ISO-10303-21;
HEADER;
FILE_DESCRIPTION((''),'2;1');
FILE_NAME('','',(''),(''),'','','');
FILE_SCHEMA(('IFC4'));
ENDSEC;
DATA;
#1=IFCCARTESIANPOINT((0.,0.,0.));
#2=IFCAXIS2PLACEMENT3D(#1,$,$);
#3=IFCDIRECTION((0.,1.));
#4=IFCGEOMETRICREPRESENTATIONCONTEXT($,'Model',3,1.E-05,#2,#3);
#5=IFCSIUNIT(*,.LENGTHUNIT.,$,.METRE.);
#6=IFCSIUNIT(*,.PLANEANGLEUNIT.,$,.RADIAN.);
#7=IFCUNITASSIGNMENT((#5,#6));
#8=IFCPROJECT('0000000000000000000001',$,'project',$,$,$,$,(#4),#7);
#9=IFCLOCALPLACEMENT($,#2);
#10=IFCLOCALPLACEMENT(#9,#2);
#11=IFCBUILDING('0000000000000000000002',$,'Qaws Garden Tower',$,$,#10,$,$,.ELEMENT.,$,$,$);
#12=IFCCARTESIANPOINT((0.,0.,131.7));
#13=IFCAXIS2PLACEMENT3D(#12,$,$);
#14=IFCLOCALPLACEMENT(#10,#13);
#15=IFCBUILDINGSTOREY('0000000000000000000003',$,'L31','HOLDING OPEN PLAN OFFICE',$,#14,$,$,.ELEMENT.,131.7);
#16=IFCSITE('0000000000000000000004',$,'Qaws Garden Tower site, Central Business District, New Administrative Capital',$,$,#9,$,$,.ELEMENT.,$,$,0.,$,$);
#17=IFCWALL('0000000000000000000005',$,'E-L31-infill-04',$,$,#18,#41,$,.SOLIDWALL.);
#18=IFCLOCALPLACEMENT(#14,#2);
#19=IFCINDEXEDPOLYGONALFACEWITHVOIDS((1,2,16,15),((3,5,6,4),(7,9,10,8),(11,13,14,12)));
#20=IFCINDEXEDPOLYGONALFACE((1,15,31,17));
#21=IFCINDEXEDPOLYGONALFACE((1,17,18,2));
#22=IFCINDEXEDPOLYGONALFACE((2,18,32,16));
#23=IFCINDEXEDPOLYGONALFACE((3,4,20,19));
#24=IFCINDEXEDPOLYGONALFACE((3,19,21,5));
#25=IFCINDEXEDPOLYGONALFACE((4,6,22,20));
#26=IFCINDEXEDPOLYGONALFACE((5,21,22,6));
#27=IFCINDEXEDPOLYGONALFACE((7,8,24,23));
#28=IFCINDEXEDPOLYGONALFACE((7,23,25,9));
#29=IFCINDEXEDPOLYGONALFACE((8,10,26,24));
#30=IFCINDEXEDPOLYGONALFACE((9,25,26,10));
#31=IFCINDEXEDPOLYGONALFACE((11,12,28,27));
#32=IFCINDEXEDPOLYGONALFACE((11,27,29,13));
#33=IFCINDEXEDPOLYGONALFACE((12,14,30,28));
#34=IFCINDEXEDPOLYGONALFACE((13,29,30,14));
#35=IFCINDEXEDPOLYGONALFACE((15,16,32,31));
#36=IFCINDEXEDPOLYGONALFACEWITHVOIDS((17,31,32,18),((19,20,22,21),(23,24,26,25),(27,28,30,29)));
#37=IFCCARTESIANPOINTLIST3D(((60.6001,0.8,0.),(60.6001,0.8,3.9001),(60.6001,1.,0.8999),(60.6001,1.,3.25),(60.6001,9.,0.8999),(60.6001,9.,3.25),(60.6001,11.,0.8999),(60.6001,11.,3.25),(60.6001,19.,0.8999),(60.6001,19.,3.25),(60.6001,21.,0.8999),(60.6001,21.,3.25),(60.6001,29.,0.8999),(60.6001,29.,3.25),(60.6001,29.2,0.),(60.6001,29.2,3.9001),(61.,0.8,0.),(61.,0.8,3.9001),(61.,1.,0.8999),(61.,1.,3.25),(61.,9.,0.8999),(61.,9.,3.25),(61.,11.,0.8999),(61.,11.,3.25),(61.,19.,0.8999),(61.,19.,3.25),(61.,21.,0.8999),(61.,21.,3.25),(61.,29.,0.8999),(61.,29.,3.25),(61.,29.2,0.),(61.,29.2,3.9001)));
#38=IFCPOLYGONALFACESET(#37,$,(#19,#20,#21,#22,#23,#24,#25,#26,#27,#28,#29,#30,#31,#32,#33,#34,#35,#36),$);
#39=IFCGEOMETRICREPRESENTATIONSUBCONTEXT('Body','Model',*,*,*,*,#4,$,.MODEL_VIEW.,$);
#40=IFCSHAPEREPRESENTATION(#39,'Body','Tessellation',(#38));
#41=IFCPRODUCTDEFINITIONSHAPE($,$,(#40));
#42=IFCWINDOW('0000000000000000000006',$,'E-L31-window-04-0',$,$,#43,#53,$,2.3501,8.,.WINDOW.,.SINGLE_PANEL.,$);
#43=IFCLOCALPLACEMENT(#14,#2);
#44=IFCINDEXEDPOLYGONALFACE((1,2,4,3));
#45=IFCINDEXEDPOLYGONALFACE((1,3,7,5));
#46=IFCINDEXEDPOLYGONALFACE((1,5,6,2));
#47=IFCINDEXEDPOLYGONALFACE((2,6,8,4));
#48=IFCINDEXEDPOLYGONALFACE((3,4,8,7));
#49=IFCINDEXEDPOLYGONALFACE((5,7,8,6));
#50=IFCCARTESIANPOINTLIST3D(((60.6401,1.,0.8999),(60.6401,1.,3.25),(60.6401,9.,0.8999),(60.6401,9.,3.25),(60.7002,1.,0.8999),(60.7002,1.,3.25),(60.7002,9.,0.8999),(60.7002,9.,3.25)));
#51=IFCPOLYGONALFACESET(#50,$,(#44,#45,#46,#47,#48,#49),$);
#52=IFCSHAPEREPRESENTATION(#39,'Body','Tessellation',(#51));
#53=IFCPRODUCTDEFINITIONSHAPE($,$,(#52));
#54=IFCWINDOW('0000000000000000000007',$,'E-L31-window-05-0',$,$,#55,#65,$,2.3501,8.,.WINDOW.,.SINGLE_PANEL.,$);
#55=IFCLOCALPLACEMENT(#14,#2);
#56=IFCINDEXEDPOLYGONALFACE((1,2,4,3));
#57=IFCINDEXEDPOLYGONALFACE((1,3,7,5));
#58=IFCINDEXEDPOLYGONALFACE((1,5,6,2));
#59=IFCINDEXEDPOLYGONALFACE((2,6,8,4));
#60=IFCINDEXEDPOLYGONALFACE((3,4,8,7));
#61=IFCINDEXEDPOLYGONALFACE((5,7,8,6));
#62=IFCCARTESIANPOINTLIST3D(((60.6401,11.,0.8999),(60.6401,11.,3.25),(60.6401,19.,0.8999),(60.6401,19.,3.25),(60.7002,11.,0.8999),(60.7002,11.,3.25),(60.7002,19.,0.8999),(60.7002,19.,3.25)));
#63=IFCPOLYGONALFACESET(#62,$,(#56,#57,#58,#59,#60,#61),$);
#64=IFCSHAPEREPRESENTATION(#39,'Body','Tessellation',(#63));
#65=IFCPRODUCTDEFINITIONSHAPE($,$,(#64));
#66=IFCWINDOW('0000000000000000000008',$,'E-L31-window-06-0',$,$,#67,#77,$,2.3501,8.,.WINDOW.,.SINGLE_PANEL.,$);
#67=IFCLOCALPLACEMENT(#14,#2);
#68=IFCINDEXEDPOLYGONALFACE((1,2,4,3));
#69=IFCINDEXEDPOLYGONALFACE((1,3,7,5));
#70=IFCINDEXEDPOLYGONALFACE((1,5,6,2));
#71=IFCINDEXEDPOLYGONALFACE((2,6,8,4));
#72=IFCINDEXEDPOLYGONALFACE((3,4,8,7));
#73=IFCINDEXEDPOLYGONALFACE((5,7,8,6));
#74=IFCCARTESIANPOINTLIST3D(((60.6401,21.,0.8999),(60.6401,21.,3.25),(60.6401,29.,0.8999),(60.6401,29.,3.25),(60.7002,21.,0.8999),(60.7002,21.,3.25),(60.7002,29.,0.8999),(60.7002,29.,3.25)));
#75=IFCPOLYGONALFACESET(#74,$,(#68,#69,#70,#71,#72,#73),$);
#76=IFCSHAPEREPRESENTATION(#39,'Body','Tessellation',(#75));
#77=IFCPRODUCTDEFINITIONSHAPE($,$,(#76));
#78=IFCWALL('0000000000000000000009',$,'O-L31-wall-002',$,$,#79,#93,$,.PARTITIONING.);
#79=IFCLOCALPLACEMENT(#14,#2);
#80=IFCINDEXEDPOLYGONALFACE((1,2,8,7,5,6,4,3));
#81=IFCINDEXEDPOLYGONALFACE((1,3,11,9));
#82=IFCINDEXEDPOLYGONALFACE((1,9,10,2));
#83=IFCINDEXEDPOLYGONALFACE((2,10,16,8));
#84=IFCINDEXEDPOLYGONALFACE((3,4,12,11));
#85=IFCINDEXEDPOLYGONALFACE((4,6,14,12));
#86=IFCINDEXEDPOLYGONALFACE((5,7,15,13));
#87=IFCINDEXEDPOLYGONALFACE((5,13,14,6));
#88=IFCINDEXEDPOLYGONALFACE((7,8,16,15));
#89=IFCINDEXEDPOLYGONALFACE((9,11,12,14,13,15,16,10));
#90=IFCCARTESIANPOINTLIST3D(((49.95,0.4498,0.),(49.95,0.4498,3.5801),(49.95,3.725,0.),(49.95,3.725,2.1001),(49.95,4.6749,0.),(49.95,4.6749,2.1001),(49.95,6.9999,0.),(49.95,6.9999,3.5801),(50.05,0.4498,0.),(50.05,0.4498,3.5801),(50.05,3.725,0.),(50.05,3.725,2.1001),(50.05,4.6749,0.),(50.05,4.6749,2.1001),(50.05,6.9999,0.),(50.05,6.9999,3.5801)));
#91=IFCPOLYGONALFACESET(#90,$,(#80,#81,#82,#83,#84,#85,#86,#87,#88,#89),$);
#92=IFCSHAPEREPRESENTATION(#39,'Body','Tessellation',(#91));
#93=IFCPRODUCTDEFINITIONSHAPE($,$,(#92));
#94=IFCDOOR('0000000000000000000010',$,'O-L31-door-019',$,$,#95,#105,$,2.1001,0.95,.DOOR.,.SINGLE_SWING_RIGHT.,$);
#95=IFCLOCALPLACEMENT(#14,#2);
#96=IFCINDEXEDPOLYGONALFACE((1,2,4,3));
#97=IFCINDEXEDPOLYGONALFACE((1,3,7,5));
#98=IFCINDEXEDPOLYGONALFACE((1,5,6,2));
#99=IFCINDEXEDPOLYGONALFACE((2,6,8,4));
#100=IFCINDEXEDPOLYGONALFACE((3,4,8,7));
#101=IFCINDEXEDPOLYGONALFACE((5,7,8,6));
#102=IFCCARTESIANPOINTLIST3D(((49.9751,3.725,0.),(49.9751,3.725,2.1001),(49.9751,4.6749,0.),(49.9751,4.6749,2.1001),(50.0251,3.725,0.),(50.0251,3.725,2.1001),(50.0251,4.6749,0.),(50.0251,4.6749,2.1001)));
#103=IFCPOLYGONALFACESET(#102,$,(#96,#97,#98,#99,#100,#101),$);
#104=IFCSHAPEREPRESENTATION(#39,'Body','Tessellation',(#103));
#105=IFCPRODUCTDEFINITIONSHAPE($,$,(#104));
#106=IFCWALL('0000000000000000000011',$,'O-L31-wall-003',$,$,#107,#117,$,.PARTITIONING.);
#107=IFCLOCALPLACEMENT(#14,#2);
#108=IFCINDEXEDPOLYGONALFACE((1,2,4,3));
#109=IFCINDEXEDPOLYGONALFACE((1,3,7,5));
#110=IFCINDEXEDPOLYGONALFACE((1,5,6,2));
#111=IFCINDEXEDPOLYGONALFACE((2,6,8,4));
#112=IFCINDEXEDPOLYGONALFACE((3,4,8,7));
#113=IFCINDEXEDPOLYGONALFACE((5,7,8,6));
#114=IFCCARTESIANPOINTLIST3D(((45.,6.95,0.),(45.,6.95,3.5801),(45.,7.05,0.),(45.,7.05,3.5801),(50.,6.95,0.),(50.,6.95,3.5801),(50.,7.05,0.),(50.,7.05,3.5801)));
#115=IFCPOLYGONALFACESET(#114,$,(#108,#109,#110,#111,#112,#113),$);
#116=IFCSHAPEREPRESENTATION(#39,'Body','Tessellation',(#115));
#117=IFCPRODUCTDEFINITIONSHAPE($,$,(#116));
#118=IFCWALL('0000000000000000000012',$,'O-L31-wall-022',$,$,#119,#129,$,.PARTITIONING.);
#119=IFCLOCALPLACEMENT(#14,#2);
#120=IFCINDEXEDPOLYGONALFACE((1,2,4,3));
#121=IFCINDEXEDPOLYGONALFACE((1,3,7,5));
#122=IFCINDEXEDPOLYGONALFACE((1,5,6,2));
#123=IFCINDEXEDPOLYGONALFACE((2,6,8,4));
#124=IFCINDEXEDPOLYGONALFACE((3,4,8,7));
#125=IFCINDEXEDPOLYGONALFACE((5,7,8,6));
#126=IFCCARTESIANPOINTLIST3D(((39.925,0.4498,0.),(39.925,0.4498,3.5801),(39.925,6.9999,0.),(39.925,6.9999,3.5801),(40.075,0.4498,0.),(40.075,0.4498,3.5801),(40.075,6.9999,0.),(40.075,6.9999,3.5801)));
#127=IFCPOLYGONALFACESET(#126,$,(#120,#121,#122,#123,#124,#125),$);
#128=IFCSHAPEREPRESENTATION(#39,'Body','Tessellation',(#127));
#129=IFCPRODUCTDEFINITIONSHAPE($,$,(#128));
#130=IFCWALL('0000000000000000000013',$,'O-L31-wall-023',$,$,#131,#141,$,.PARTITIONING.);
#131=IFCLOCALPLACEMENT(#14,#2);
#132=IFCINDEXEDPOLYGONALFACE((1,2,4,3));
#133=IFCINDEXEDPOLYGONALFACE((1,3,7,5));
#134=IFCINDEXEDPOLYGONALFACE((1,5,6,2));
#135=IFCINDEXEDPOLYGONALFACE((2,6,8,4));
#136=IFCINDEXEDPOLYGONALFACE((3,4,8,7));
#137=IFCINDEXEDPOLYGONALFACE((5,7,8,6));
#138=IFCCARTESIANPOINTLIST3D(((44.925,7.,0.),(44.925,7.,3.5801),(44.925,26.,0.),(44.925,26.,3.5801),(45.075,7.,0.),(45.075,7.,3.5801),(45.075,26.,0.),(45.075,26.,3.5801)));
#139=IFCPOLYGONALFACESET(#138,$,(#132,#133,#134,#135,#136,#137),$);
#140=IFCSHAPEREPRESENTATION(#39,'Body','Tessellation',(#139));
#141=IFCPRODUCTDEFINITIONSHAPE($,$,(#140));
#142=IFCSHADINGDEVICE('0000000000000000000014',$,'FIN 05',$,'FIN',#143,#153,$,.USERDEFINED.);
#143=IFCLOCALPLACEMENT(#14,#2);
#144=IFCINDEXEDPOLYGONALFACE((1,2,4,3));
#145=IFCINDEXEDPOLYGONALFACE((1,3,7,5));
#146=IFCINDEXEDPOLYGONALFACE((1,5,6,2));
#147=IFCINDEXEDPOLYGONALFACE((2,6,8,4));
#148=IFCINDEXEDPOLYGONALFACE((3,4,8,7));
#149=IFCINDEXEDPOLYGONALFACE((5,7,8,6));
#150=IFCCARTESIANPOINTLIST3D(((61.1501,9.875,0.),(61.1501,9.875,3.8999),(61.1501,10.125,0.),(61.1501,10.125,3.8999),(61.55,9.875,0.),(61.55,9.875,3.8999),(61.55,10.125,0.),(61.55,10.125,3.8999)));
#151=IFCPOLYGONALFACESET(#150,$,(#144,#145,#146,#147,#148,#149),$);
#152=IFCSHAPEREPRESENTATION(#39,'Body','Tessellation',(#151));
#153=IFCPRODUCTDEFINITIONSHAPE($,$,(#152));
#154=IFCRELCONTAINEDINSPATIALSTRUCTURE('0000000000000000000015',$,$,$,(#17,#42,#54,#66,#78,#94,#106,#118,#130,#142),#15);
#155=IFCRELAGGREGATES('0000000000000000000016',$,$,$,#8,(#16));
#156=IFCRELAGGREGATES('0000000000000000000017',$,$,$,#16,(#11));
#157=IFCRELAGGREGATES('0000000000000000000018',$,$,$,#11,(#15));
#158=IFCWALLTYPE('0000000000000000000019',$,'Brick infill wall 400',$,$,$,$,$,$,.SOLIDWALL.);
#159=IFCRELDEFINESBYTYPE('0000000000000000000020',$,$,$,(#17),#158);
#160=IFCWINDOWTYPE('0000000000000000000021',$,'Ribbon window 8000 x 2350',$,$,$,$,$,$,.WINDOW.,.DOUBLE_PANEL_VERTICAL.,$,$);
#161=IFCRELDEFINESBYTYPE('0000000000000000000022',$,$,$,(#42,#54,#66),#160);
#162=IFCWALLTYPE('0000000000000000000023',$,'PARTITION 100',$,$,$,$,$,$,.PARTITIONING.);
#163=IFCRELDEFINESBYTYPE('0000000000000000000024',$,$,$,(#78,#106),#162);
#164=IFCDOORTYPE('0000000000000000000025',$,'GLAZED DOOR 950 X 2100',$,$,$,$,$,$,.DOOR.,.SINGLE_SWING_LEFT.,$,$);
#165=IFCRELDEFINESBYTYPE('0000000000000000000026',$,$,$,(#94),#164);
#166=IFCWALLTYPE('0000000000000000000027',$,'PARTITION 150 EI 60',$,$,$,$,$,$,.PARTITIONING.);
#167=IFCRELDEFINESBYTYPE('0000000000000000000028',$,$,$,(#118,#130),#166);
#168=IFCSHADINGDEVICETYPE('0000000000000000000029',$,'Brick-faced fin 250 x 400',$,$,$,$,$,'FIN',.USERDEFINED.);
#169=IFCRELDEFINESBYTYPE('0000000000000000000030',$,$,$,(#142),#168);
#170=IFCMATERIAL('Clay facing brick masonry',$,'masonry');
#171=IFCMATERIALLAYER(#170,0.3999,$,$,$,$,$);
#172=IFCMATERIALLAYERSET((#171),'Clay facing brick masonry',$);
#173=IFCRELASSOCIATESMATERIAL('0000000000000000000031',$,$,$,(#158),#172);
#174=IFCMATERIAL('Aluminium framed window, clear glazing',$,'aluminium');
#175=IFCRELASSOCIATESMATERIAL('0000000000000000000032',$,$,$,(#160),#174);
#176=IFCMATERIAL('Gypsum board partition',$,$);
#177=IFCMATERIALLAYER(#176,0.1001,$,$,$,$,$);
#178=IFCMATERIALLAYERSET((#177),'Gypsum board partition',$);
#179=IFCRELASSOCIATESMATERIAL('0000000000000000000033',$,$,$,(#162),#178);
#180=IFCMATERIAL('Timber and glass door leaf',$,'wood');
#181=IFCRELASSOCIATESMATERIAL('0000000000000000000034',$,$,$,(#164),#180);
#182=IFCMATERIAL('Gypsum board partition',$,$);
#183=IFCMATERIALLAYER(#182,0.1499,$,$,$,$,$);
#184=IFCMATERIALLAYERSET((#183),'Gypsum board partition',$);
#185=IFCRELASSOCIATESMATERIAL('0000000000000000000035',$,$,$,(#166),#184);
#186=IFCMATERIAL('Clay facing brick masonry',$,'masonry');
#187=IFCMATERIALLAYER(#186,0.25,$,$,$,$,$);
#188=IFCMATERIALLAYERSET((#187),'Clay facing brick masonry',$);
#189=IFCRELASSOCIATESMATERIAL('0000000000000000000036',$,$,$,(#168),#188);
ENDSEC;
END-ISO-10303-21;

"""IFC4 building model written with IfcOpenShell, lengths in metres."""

from ifc_helpers import new_model, si_unit, direction, frame, frame_2d, origin, origin_2d, place, context, subcontext, project, spatial, rectangle, extrude, material, layer, layer_set, type_object, element, fill, save


model = new_model("IFC4")

# Units and contexts
model_context = context("Model", 3, precision=1e-05, world=origin(), true_north=direction((0.0, 1.0)))
body_context = subcontext(model_context, "Body", "Model", "MODEL_VIEW")
ifc_project = project(units=[si_unit("LENGTHUNIT", "METRE"), si_unit("PLANEANGLEUNIT", "RADIAN")], contexts=[model_context])

# Site, building, storey
site_placement = place(None, origin())
site = spatial("IfcSite", under=ifc_project, at=site_placement, Name="Qaws Garden Tower site, Central Business District, New Administrative Capital", CompositionType="ELEMENT", RefElevation=0.0)
building_placement = place(site_placement, origin())
building = spatial("IfcBuilding", under=site, at=building_placement, Name="Qaws Garden Tower", CompositionType="ELEMENT")
storey_placement = place(building_placement, frame((0.0, 0.0, 131.7)))
storey = spatial("IfcBuildingStorey", under=building, at=storey_placement, Name="L31", Description="HOLDING OPEN PLAN OFFICE", CompositionType="ELEMENT", Elevation=131.7)

# Wall, openings, windows
ifc_material_1 = material(Name="Clay facing brick masonry", Category="masonry")
ifc_layer_1 = layer(ifc_material_1, 0.3999)
ifc_layer_set_1 = layer_set([ifc_layer_1], Name="Clay facing brick masonry")
wall_type_1 = type_object("IfcWallType", Name="Brick infill wall 400", PredefinedType="SOLIDWALL", material=ifc_layer_set_1)
wall_1_placement = place(storey_placement, frame((60.8, 0.8, 0.0), z_axis=(0.0, 0.0, 1.0), x_axis=(0.0, 1.0, 0.0)))
wall_1 = element("IfcWall", 1, at=wall_1_placement, inside=storey, type_object=wall_type_1, Name="E-L31-infill-04", PredefinedType="SOLIDWALL", context=body_context, shape_type="SweptSolid", body=[
    extrude(rectangle(XDim=28.3999, YDim=0.3999, at=frame_2d((14.2, 0.0))), origin(), (0.0, 0.0, 1.0), 3.9001),
])
opening_1_placement = place(wall_1_placement, frame((0.2, 0.0, 0.8999)))
opening_1 = element("IfcOpeningElement", 2, at=opening_1_placement, cuts=wall_1, PredefinedType="OPENING", context=body_context, shape_type="SweptSolid", body=[
    extrude(rectangle(XDim=8.0, YDim=2.3501, at=frame_2d((4.0, 1.175))), frame((0.0, 0.21, 0.0), z_axis=(0.0, -1.0, 0.0), x_axis=(1.0, 0.0, 0.0)), (0.0, 0.0, 1.0), 0.4199),
])
opening_2_placement = place(wall_1_placement, frame((10.2, 0.0, 0.8999)))
opening_2 = element("IfcOpeningElement", 3, at=opening_2_placement, cuts=wall_1, PredefinedType="OPENING", context=body_context, shape_type="SweptSolid", body=[
    extrude(rectangle(XDim=8.0, YDim=2.3501, at=frame_2d((4.0, 1.175))), frame((0.0, 0.21, 0.0), z_axis=(0.0, -1.0, 0.0), x_axis=(1.0, 0.0, 0.0)), (0.0, 0.0, 1.0), 0.4199),
])
opening_3_placement = place(wall_1_placement, frame((20.2, 0.0, 0.8999)))
opening_3 = element("IfcOpeningElement", 4, at=opening_3_placement, cuts=wall_1, PredefinedType="OPENING", context=body_context, shape_type="SweptSolid", body=[
    extrude(rectangle(XDim=8.0, YDim=2.3501, at=frame_2d((4.0, 1.175))), frame((0.0, 0.21, 0.0), z_axis=(0.0, -1.0, 0.0), x_axis=(1.0, 0.0, 0.0)), (0.0, 0.0, 1.0), 0.4199),
])
ifc_material_2 = material(Name="Aluminium framed window, clear glazing", Category="aluminium")
window_type = type_object("IfcWindowType", Name="Ribbon window 8000 x 2350", PartitioningType="DOUBLE_PANEL_VERTICAL", PredefinedType="WINDOW", material=ifc_material_2)
window_1_placement = place(opening_1_placement, origin())
window_1 = element("IfcWindow", 5, at=window_1_placement, inside=storey, type_object=window_type, Name="E-L31-window-04-0", OverallHeight=2.3501, OverallWidth=8.0, PartitioningType="SINGLE_PANEL", PredefinedType="WINDOW", context=body_context, shape_type="SweptSolid", body=[
    extrude(rectangle(XDim=8.0, YDim=2.3501, at=frame_2d((4.0, 1.175))), frame((0.0, 0.1599, 0.0), z_axis=(0.0, -1.0, 0.0), x_axis=(1.0, 0.0, 0.0)), (0.0, 0.0, 1.0), 0.0601),
])
fill(opening_1, window_1)
window_2_placement = place(opening_2_placement, origin())
window_2 = element("IfcWindow", 6, at=window_2_placement, inside=storey, type_object=window_type, Name="E-L31-window-05-0", OverallHeight=2.3501, OverallWidth=8.0, PartitioningType="SINGLE_PANEL", PredefinedType="WINDOW", context=body_context, shape_type="SweptSolid", body=[
    extrude(rectangle(XDim=8.0, YDim=2.3501, at=frame_2d((4.0, 1.175))), frame((0.0, 0.1599, 0.0), z_axis=(0.0, -1.0, 0.0), x_axis=(1.0, 0.0, 0.0)), (0.0, 0.0, 1.0), 0.0601),
])
fill(opening_2, window_2)
window_3_placement = place(opening_3_placement, origin())
window_3 = element("IfcWindow", 7, at=window_3_placement, inside=storey, type_object=window_type, Name="E-L31-window-06-0", OverallHeight=2.3501, OverallWidth=8.0, PartitioningType="SINGLE_PANEL", PredefinedType="WINDOW", context=body_context, shape_type="SweptSolid", body=[
    extrude(rectangle(XDim=8.0, YDim=2.3501, at=frame_2d((4.0, 1.175))), frame((0.0, 0.1599, 0.0), z_axis=(0.0, -1.0, 0.0), x_axis=(1.0, 0.0, 0.0)), (0.0, 0.0, 1.0), 0.0601),
])
fill(opening_3, window_3)

# Wall, opening, door
ifc_material_3 = material(Name="Gypsum board partition")
ifc_layer_2 = layer(ifc_material_3, 0.1001)
ifc_layer_set_2 = layer_set([ifc_layer_2], Name="Gypsum board partition")
wall_type_2 = type_object("IfcWallType", Name="PARTITION 100", PredefinedType="PARTITIONING", material=ifc_layer_set_2)
wall_2_placement = place(storey_placement, frame((50.0, 0.45, 0.0), z_axis=(0.0, 0.0, 1.0), x_axis=(0.0, 1.0, 0.0)))
wall_2 = element("IfcWall", 8, at=wall_2_placement, inside=storey, type_object=wall_type_2, Name="O-L31-wall-002", PredefinedType="PARTITIONING", context=body_context, shape_type="SweptSolid", body=[
    extrude(rectangle(XDim=6.55, YDim=0.1001, at=frame_2d((3.2749, 0.0))), origin(), (0.0, 0.0, 1.0), 3.5801),
])
opening_4_placement = place(wall_2_placement, frame((3.2749, 0.0, 0.0)))
opening_4 = element("IfcOpeningElement", 9, at=opening_4_placement, cuts=wall_2, PredefinedType="OPENING", context=body_context, shape_type="SweptSolid", body=[
    extrude(rectangle(XDim=0.95, YDim=2.1001, at=frame_2d((0.4751, 1.05))), frame((0.0, 0.0601, 0.0), z_axis=(0.0, -1.0, 0.0), x_axis=(1.0, 0.0, 0.0)), (0.0, 0.0, 1.0), 0.1201),
])
ifc_material_4 = material(Name="Timber and glass door leaf", Category="wood")
door_type = type_object("IfcDoorType", Name="GLAZED DOOR 950 X 2100", OperationType="SINGLE_SWING_LEFT", PredefinedType="DOOR", material=ifc_material_4)
door_placement = place(opening_4_placement, origin())
door = element("IfcDoor", 10, at=door_placement, inside=storey, type_object=door_type, Name="O-L31-door-019", OperationType="SINGLE_SWING_RIGHT", OverallHeight=2.1001, OverallWidth=0.95, PredefinedType="DOOR", context=body_context, shape_type="SweptSolid", body=[
    extrude(rectangle(XDim=0.95, YDim=2.1001, at=frame_2d((0.4751, 1.05))), frame((0.0, 0.0249, 0.0), z_axis=(0.0, -1.0, 0.0), x_axis=(1.0, 0.0, 0.0)), (0.0, 0.0, 1.0), 0.05),
])
fill(opening_4, door)

# Walls
wall_3_placement = place(storey_placement, frame((45.0, 7.0, 0.0), z_axis=(0.0, 0.0, 1.0), x_axis=(1.0, 0.0, 0.0)))
element("IfcWall", 11, at=wall_3_placement, inside=storey, type_object=wall_type_2, Name="O-L31-wall-003", PredefinedType="PARTITIONING", context=body_context, shape_type="SweptSolid", body=[
    extrude(rectangle(XDim=5.0, YDim=0.1001, at=frame_2d((2.5, 0.0))), origin(), (0.0, 0.0, 1.0), 3.5801),
])
ifc_material_5 = material(Name="Gypsum board partition")
ifc_layer_3 = layer(ifc_material_5, 0.1499)
ifc_layer_set_3 = layer_set([ifc_layer_3], Name="Gypsum board partition")
wall_type_3 = type_object("IfcWallType", Name="PARTITION 150 EI 60", PredefinedType="PARTITIONING", material=ifc_layer_set_3)
wall_4_placement = place(storey_placement, frame((40.0, 0.45, 0.0), z_axis=(0.0, 0.0, 1.0), x_axis=(0.0, 1.0, 0.0)))
element("IfcWall", 12, at=wall_4_placement, inside=storey, type_object=wall_type_3, Name="O-L31-wall-022", PredefinedType="PARTITIONING", context=body_context, shape_type="SweptSolid", body=[
    extrude(rectangle(XDim=6.55, YDim=0.1499, at=frame_2d((3.2749, 0.0))), origin(), (0.0, 0.0, 1.0), 3.5801),
])
wall_5_placement = place(storey_placement, frame((45.0, 7.0, 0.0), z_axis=(0.0, 0.0, 1.0), x_axis=(0.0, 1.0, 0.0)))
element("IfcWall", 13, at=wall_5_placement, inside=storey, type_object=wall_type_3, Name="O-L31-wall-023", PredefinedType="PARTITIONING", context=body_context, shape_type="SweptSolid", body=[
    extrude(rectangle(XDim=19.0, YDim=0.1499, at=frame_2d((9.5, 0.0))), origin(), (0.0, 0.0, 1.0), 3.5801),
])

# Shading device
ifc_material_6 = material(Name="Clay facing brick masonry", Category="masonry")
ifc_layer_4 = layer(ifc_material_6, 0.25)
ifc_layer_set_4 = layer_set([ifc_layer_4], Name="Clay facing brick masonry")
shading_device_type = type_object("IfcShadingDeviceType", Name="Brick-faced fin 250 x 400", ElementType="FIN", PredefinedType="USERDEFINED", material=ifc_layer_set_4)
shading_device_placement = place(storey_placement, frame((61.3501, 10.0, 0.0), z_axis=(0.0, 0.0, 1.0), x_axis=(0.0, 1.0, 0.0)))
element("IfcShadingDevice", 14, at=shading_device_placement, inside=storey, type_object=shading_device_type, Name="FIN 05", ObjectType="FIN", PredefinedType="USERDEFINED", context=body_context, shape_type="SweptSolid", body=[
    extrude(rectangle(XDim=0.25, YDim=0.3999, at=origin_2d()), origin(), (0.0, 0.0, 1.0), 3.8999),
])

save(model, "model.ifc")
